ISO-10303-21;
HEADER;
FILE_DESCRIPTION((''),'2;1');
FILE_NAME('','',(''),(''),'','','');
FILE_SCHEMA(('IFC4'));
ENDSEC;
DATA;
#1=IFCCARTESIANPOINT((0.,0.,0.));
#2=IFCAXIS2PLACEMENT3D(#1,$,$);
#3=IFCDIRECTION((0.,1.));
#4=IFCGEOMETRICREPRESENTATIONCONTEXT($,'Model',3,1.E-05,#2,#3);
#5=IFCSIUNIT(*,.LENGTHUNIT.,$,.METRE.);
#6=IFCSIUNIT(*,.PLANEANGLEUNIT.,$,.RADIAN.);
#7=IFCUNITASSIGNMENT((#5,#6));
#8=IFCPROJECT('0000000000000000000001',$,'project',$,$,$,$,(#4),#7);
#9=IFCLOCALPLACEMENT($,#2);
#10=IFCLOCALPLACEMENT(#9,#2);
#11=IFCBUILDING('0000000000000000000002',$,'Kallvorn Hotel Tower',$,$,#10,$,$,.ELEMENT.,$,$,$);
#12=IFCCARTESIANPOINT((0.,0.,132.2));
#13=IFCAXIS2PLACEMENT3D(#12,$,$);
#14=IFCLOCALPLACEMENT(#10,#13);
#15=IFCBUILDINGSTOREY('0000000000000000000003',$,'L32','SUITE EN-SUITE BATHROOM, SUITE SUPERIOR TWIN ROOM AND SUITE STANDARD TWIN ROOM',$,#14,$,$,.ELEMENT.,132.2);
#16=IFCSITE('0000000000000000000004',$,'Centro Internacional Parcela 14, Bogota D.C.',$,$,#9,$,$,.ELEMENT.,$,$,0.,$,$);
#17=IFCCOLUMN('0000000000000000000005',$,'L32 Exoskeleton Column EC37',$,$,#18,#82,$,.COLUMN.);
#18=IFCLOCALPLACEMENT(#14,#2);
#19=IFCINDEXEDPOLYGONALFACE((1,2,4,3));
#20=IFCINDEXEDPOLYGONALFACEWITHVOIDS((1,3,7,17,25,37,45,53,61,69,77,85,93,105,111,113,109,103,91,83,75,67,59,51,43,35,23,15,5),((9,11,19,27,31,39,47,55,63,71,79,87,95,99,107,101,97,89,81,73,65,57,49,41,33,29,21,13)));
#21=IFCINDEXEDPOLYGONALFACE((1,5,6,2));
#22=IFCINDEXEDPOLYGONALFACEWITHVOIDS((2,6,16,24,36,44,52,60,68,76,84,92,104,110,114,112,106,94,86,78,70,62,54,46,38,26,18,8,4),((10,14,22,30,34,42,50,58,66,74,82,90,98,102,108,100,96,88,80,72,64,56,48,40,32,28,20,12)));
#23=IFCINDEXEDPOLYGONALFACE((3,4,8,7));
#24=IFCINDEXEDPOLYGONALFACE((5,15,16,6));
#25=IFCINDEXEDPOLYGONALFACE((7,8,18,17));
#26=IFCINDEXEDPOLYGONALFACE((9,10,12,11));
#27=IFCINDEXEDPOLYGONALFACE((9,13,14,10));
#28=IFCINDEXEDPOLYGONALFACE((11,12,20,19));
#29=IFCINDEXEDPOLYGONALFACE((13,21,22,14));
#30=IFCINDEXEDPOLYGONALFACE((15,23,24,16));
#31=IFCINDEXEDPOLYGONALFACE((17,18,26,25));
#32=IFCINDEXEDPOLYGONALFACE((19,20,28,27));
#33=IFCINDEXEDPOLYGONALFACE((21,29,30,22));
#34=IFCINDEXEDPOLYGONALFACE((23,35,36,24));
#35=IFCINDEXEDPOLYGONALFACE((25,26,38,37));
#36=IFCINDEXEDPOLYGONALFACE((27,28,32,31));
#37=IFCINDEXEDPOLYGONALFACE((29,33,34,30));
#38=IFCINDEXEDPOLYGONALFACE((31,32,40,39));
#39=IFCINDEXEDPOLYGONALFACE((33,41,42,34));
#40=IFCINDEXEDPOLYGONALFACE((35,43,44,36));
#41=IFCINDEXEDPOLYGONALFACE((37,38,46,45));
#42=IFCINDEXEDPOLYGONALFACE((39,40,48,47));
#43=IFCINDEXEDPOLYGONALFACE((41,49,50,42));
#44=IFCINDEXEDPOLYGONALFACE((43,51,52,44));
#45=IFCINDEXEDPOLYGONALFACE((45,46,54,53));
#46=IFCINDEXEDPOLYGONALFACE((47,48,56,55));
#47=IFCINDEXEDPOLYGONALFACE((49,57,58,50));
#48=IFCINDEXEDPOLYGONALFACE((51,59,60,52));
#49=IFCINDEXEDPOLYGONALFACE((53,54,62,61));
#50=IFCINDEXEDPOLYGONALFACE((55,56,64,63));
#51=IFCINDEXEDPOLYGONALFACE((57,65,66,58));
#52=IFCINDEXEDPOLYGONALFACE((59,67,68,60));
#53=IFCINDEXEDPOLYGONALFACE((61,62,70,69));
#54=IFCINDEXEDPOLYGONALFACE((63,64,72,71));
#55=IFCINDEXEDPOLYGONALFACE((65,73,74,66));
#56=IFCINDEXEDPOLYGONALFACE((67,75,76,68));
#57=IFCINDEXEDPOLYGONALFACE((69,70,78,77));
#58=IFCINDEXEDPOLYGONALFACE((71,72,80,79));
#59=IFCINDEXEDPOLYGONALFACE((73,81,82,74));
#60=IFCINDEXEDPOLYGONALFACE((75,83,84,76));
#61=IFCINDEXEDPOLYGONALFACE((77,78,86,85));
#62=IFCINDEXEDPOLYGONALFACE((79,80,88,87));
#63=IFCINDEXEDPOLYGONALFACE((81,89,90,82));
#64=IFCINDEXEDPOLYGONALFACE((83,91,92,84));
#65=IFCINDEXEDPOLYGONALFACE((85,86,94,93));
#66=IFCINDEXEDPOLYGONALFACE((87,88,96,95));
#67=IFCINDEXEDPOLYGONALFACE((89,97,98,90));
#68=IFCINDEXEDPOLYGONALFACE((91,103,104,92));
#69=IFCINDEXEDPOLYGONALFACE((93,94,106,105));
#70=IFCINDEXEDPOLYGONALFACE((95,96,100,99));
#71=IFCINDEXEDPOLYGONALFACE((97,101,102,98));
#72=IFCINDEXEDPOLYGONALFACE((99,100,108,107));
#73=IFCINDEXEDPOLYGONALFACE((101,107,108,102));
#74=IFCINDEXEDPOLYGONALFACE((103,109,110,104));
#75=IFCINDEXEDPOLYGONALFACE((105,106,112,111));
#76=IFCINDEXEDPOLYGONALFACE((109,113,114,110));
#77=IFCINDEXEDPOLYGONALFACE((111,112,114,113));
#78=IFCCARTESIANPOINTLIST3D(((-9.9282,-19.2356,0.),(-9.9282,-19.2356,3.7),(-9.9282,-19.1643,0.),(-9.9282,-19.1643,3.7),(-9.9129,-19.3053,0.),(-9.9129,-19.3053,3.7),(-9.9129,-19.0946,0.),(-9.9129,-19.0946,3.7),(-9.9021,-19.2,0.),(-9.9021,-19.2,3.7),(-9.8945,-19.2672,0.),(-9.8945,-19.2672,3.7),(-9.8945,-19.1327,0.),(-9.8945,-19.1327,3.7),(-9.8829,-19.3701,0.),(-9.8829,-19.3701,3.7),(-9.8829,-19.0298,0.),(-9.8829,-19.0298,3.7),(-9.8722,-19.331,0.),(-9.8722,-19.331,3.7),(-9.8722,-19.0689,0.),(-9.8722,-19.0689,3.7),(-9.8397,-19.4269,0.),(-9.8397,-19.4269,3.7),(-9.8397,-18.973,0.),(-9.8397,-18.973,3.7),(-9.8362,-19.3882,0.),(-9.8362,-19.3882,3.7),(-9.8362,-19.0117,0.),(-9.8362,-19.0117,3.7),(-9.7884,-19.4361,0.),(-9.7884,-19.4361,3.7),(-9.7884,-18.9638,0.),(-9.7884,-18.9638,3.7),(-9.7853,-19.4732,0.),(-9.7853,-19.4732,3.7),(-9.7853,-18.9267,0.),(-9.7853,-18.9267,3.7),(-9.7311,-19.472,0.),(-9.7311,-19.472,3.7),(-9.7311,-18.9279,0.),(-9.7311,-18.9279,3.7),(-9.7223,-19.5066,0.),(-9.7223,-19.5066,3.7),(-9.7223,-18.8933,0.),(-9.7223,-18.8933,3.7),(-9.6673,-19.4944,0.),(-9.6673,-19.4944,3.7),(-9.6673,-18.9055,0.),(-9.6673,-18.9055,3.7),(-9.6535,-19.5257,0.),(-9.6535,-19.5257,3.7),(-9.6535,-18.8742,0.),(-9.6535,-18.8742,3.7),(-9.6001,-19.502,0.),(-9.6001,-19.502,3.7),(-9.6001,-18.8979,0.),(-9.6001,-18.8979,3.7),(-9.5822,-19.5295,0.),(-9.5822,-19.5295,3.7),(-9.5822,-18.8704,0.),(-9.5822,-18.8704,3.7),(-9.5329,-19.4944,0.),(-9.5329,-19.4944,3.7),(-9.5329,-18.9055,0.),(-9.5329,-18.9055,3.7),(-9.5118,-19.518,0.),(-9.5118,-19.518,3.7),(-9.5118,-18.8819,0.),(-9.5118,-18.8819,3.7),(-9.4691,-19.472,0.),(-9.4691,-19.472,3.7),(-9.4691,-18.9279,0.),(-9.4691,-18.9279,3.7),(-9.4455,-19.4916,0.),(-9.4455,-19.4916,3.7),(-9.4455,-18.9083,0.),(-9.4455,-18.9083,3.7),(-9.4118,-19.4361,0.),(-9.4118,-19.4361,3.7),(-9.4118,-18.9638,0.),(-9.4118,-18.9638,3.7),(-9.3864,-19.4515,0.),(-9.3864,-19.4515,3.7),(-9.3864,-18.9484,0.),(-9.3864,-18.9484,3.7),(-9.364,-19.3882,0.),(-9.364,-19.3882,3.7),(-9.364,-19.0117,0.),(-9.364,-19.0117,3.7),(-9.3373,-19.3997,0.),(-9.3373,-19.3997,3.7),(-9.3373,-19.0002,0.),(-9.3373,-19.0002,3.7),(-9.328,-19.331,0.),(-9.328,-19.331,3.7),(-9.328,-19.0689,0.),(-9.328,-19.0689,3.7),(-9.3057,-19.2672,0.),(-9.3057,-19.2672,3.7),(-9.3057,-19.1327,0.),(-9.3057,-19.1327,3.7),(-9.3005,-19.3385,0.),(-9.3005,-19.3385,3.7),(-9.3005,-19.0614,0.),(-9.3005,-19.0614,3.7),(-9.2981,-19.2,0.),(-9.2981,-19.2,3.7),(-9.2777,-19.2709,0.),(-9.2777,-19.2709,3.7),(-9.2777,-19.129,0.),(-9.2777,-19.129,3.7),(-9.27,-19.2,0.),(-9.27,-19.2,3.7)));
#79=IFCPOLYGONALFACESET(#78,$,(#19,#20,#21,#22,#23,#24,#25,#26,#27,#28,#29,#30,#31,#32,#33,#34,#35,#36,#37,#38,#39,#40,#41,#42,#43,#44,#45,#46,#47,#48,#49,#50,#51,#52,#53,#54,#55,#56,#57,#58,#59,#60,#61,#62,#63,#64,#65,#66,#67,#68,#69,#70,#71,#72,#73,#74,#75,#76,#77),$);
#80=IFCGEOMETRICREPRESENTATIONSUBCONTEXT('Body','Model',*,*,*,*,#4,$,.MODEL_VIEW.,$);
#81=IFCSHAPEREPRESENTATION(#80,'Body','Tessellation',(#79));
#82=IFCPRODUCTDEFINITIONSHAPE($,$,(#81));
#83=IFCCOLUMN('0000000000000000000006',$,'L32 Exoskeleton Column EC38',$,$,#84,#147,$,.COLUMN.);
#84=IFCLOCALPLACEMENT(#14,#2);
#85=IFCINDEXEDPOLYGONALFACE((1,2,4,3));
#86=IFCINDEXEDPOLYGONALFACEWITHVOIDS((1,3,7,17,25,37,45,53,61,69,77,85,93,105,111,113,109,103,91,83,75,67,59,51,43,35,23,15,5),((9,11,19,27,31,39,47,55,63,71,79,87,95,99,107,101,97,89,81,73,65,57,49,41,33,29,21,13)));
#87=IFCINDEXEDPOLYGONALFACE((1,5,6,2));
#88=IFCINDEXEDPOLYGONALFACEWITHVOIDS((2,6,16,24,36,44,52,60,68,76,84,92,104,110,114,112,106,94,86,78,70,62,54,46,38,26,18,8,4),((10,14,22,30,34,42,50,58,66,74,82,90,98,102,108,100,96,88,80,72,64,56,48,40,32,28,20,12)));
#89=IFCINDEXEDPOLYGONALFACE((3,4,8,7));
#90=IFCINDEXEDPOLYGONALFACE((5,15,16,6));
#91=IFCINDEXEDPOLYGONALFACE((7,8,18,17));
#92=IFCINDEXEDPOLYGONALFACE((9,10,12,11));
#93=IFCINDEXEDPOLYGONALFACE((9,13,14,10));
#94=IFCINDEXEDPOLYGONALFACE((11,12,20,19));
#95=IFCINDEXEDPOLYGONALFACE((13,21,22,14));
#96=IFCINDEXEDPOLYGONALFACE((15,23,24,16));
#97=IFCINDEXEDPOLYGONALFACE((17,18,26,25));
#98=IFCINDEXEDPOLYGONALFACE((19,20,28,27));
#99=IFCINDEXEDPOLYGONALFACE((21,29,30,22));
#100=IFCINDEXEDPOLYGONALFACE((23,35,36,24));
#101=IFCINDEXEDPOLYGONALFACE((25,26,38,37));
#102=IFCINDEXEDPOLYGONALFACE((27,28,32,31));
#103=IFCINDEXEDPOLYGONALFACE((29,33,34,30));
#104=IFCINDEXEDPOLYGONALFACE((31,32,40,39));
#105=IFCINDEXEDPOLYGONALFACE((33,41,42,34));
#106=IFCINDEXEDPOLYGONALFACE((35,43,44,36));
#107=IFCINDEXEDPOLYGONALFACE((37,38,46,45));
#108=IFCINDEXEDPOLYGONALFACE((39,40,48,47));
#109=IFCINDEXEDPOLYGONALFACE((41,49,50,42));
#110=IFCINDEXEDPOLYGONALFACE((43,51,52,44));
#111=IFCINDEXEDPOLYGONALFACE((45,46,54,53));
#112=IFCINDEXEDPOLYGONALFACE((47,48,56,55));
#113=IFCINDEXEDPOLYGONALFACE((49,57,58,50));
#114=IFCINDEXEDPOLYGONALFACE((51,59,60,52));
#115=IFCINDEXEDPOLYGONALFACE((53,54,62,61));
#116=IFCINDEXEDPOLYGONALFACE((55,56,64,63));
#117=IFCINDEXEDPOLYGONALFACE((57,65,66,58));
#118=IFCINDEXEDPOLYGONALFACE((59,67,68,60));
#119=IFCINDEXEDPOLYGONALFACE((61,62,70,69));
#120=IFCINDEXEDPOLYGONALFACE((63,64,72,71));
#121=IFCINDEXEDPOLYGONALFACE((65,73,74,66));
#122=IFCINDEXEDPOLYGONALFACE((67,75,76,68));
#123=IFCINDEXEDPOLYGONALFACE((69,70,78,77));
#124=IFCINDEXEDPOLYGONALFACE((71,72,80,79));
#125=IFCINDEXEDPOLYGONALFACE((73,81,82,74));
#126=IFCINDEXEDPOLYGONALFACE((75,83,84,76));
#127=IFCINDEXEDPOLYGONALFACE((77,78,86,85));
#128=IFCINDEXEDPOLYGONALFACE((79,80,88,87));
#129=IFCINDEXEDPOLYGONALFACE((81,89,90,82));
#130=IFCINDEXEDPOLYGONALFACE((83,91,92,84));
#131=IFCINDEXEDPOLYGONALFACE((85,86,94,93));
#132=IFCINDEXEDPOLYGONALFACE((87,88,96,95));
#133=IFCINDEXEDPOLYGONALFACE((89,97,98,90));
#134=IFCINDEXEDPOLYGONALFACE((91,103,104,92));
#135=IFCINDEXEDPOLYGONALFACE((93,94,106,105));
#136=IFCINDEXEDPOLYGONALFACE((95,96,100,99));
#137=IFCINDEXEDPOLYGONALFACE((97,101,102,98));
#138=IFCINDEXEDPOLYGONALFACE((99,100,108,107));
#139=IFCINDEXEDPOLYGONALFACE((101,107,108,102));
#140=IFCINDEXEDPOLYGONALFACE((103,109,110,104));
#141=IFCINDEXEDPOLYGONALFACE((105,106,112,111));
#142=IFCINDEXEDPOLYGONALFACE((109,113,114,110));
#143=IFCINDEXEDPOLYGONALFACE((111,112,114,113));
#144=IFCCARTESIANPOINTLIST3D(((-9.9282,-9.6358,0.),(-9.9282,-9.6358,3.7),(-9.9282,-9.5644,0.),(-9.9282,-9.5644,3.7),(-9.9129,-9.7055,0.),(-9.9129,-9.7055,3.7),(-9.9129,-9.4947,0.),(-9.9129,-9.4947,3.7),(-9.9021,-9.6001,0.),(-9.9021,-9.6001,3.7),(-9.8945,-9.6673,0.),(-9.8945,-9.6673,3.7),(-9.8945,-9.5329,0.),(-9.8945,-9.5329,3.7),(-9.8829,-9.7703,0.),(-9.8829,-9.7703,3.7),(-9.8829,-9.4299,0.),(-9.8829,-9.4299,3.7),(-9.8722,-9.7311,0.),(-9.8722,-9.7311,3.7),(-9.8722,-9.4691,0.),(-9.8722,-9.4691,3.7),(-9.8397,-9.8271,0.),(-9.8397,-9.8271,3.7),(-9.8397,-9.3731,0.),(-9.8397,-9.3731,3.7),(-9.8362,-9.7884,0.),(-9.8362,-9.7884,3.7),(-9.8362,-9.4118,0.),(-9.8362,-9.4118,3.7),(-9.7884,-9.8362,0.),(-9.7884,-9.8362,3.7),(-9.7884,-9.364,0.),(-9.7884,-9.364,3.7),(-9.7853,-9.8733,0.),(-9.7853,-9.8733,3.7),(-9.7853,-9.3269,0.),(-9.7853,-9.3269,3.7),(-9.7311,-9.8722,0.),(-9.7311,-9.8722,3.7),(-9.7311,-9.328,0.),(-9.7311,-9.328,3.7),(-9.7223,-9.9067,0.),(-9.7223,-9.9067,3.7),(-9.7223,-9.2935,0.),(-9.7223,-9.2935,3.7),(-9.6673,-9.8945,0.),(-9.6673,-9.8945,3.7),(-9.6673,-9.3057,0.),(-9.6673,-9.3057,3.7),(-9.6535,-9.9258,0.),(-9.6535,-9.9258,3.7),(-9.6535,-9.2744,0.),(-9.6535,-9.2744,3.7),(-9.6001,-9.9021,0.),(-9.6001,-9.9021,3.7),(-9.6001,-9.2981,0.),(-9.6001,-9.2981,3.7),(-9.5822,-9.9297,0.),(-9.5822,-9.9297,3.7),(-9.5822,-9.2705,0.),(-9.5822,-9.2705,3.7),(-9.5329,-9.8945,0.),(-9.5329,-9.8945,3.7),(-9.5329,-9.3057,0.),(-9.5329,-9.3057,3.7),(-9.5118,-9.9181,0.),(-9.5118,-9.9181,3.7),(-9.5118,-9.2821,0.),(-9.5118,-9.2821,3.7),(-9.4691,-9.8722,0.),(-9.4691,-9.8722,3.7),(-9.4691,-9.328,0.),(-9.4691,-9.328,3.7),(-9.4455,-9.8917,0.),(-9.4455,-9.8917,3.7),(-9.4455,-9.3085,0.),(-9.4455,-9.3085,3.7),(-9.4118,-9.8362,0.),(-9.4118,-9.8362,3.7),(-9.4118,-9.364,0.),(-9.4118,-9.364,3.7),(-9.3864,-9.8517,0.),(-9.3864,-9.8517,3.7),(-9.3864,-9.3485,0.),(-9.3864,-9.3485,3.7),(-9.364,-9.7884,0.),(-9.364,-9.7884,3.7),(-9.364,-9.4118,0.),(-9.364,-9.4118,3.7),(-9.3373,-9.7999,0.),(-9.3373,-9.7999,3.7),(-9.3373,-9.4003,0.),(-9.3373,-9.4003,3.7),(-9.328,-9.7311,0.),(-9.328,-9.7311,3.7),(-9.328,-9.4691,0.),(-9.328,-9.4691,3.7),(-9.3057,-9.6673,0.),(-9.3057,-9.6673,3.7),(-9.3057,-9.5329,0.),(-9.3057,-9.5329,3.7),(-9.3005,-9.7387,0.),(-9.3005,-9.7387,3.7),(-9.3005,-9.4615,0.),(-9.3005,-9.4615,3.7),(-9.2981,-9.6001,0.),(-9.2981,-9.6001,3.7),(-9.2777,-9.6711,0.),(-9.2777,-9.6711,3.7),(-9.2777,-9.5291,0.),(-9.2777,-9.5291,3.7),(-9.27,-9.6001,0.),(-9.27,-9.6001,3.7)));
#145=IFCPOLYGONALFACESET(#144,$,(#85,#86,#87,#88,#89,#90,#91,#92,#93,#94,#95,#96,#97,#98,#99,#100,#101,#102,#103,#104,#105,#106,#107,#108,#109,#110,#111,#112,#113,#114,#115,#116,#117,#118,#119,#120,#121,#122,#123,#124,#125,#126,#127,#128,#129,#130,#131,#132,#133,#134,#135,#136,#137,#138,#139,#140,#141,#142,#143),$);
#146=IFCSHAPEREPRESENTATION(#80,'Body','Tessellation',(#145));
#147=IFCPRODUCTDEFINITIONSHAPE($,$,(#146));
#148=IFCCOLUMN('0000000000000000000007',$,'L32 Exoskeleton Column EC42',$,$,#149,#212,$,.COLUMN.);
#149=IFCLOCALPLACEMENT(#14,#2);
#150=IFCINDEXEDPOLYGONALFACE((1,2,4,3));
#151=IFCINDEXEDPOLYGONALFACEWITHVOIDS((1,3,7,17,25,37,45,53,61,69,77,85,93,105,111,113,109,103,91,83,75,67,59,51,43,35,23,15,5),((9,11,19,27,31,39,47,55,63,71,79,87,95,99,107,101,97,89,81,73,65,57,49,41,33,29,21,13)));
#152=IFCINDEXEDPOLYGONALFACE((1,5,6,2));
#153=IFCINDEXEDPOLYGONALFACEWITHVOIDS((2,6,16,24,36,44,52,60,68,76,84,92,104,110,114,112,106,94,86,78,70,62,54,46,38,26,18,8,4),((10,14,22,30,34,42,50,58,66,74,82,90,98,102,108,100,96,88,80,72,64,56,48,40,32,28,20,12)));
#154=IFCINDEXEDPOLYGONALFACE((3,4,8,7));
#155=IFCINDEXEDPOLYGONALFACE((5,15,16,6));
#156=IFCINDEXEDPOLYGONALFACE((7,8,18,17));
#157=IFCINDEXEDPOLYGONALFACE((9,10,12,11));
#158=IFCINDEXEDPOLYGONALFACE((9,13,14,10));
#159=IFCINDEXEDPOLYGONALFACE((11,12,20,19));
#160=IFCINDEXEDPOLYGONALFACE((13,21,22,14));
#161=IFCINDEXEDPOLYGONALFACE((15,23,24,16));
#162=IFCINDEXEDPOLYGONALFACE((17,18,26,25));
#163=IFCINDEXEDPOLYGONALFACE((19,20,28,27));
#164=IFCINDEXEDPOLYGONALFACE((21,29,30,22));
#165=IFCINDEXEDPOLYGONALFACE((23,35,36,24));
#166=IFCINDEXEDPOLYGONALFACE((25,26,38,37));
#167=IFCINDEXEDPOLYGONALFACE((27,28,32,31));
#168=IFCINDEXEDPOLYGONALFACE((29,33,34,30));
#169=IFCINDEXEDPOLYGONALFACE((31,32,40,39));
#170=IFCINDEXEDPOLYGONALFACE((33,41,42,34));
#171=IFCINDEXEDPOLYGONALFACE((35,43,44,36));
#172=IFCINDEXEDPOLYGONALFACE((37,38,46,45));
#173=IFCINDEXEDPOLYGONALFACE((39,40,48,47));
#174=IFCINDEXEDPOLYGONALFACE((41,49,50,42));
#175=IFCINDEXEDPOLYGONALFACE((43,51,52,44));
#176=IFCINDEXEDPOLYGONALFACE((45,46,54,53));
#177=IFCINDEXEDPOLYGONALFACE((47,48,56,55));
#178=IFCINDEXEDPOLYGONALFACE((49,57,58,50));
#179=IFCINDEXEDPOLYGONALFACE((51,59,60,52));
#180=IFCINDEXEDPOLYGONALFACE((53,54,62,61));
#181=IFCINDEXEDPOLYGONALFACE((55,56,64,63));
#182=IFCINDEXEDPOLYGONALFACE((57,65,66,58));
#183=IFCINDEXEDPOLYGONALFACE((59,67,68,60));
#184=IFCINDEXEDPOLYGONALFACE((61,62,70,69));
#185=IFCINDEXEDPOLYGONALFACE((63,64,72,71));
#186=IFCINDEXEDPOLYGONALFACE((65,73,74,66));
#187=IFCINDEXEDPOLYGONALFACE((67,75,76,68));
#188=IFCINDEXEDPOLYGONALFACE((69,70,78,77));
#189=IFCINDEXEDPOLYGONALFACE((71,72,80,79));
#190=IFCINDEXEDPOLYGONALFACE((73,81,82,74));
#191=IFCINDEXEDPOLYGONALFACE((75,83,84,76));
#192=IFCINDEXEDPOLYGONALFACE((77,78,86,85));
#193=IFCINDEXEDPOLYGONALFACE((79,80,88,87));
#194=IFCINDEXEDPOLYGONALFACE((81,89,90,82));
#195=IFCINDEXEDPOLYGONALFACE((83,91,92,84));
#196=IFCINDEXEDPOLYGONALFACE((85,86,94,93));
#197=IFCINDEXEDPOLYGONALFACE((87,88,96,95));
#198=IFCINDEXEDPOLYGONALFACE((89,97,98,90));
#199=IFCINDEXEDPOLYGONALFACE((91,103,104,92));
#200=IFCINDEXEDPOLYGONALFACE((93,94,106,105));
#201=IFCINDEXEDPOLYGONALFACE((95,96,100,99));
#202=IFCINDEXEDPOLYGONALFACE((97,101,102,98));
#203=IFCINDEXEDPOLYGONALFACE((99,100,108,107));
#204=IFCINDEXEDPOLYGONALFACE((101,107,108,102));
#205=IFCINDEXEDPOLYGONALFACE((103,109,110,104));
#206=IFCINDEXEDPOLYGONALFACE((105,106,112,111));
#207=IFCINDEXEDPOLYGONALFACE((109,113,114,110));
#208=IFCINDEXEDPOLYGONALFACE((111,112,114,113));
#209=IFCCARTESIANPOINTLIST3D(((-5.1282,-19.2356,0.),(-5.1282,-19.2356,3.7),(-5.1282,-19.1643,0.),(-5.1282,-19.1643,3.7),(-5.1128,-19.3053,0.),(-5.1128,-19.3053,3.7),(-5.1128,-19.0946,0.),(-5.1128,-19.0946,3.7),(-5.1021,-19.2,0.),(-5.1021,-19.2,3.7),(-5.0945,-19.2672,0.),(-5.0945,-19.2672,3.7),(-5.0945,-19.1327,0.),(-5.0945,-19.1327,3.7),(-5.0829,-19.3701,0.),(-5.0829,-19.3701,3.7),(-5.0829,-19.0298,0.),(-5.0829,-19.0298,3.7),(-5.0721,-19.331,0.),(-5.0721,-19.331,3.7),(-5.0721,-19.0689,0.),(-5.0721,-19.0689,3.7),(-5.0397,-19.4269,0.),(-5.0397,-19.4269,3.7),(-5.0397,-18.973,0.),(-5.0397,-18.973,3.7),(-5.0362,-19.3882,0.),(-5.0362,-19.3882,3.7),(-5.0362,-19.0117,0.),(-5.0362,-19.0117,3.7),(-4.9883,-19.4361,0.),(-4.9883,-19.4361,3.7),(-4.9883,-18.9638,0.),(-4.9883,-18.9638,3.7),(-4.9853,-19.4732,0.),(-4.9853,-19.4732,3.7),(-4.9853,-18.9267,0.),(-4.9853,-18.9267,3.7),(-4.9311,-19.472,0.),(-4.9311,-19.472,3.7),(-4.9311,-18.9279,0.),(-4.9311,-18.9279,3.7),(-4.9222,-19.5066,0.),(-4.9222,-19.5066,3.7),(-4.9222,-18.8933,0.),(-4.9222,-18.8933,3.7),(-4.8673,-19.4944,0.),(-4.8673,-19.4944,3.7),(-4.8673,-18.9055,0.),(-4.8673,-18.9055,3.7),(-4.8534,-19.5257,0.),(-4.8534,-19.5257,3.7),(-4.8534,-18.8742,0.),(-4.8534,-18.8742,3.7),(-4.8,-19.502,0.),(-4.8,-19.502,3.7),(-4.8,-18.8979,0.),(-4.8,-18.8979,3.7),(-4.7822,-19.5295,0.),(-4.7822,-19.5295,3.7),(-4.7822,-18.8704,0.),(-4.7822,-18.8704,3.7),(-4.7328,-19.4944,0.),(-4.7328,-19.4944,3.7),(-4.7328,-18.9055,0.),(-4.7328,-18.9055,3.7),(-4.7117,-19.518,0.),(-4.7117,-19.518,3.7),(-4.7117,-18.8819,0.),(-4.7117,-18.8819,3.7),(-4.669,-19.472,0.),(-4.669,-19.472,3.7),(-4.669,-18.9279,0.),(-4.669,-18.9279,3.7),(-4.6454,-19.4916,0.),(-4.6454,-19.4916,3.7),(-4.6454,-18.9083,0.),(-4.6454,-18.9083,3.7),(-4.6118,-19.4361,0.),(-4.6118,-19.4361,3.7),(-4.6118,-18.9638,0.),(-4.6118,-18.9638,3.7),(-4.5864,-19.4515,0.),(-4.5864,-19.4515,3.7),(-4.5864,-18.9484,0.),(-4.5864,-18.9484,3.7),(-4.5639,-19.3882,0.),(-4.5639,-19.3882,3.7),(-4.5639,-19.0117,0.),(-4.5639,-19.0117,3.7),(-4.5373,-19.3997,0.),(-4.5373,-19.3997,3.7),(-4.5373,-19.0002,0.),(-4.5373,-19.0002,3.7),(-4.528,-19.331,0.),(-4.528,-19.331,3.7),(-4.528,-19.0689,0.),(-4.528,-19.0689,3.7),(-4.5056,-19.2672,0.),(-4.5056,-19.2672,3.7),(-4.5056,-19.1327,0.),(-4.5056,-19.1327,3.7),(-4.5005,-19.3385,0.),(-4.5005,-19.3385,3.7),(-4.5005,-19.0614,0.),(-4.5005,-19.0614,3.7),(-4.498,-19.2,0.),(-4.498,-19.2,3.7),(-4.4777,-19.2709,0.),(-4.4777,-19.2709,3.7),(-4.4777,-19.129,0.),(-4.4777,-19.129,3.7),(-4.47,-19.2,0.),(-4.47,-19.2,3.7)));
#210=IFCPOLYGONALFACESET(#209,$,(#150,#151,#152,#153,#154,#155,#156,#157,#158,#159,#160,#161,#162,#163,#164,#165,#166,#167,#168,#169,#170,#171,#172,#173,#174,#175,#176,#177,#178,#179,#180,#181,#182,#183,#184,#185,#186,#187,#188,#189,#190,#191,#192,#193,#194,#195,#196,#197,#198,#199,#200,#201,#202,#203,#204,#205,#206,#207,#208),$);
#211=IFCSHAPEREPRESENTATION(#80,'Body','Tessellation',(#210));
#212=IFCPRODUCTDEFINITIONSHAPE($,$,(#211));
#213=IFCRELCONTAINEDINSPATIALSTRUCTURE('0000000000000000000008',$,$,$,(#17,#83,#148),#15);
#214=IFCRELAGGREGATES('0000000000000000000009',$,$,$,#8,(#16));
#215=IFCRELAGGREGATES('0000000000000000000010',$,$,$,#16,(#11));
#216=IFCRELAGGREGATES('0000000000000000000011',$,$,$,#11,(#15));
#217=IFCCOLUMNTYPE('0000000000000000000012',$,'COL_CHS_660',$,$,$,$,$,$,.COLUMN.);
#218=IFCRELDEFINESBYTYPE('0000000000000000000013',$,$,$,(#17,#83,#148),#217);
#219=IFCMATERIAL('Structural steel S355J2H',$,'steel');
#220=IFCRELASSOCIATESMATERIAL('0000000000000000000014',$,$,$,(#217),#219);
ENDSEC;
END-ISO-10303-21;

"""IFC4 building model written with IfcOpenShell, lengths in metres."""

from ifc_helpers import new_model, si_unit, direction, frame, origin, origin_2d, place, context, subcontext, project, spatial, hollow_circle, extrude, material, material_profile, profile_set, type_object, element, save


model = new_model("IFC4")

# Units and contexts
model_context = context("Model", 3, precision=1e-05, world=origin(), true_north=direction((0.0, 1.0)))
body_context = subcontext(model_context, "Body", "Model", "MODEL_VIEW")
ifc_project = project(units=[si_unit("LENGTHUNIT", "METRE"), si_unit("PLANEANGLEUNIT", "RADIAN")], contexts=[model_context])

# Site, building, storey
site_placement = place(None, origin())
site = spatial("IfcSite", under=ifc_project, at=site_placement, Name="Centro Internacional Parcela 14, Bogota D.C.", CompositionType="ELEMENT", RefElevation=0.0)
building_placement = place(site_placement, origin())
building = spatial("IfcBuilding", under=site, at=building_placement, Name="Kallvorn Hotel Tower", CompositionType="ELEMENT")
storey_placement = place(building_placement, frame((0.0, 0.0, 132.2)))
storey = spatial("IfcBuildingStorey", under=building, at=storey_placement, Name="L32", Description="SUITE EN-SUITE BATHROOM, SUITE SUPERIOR TWIN ROOM AND SUITE STANDARD TWIN ROOM", CompositionType="ELEMENT", Elevation=132.2)

# Columns
ifc_material_1 = material(Name="Structural steel S355J2H", Category="steel")
ifc_material_profile_1 = material_profile(ifc_material_1, hollow_circle(Radius=0.3301, WallThickness=0.0281, at=origin_2d()), Name="CHS 660x28")
ifc_profile_set_1 = profile_set([ifc_material_profile_1], Name="Structural steel S355J2H")
column_type_1 = type_object("IfcColumnType", Name="COL_CHS_660", PredefinedType="COLUMN", material=ifc_profile_set_1)
for number, where, z_axis, x_axis, name in (
    (1, (-9.6001, -19.2, 0.0), (0.0, 0.0, 1.0), (1.0, 0.0, 0.0), "L32 Exoskeleton Column EC37"),
    (2, (-9.6001, -9.6001, 0.0), (0.0, 0.0, 1.0), (1.0, 0.0, 0.0), "L32 Exoskeleton Column EC38"),
    (3, (-4.8, -19.2, 0.0), (0.0, 0.0, 1.0), (1.0, 0.0, 0.0), "L32 Exoskeleton Column EC42"),
):
    element("IfcColumn", number, at=place(storey_placement, frame(where, z_axis=z_axis, x_axis=x_axis)), inside=storey, type_object=column_type_1, Name=name, PredefinedType="COLUMN", context=body_context, shape_type="SweptSolid", body=[
        extrude(hollow_circle(Radius=0.3301, WallThickness=0.0281, at=origin_2d()), origin(), (0.0, 0.0, 1.0), 3.7),
    ])

save(model, "model.ifc")
